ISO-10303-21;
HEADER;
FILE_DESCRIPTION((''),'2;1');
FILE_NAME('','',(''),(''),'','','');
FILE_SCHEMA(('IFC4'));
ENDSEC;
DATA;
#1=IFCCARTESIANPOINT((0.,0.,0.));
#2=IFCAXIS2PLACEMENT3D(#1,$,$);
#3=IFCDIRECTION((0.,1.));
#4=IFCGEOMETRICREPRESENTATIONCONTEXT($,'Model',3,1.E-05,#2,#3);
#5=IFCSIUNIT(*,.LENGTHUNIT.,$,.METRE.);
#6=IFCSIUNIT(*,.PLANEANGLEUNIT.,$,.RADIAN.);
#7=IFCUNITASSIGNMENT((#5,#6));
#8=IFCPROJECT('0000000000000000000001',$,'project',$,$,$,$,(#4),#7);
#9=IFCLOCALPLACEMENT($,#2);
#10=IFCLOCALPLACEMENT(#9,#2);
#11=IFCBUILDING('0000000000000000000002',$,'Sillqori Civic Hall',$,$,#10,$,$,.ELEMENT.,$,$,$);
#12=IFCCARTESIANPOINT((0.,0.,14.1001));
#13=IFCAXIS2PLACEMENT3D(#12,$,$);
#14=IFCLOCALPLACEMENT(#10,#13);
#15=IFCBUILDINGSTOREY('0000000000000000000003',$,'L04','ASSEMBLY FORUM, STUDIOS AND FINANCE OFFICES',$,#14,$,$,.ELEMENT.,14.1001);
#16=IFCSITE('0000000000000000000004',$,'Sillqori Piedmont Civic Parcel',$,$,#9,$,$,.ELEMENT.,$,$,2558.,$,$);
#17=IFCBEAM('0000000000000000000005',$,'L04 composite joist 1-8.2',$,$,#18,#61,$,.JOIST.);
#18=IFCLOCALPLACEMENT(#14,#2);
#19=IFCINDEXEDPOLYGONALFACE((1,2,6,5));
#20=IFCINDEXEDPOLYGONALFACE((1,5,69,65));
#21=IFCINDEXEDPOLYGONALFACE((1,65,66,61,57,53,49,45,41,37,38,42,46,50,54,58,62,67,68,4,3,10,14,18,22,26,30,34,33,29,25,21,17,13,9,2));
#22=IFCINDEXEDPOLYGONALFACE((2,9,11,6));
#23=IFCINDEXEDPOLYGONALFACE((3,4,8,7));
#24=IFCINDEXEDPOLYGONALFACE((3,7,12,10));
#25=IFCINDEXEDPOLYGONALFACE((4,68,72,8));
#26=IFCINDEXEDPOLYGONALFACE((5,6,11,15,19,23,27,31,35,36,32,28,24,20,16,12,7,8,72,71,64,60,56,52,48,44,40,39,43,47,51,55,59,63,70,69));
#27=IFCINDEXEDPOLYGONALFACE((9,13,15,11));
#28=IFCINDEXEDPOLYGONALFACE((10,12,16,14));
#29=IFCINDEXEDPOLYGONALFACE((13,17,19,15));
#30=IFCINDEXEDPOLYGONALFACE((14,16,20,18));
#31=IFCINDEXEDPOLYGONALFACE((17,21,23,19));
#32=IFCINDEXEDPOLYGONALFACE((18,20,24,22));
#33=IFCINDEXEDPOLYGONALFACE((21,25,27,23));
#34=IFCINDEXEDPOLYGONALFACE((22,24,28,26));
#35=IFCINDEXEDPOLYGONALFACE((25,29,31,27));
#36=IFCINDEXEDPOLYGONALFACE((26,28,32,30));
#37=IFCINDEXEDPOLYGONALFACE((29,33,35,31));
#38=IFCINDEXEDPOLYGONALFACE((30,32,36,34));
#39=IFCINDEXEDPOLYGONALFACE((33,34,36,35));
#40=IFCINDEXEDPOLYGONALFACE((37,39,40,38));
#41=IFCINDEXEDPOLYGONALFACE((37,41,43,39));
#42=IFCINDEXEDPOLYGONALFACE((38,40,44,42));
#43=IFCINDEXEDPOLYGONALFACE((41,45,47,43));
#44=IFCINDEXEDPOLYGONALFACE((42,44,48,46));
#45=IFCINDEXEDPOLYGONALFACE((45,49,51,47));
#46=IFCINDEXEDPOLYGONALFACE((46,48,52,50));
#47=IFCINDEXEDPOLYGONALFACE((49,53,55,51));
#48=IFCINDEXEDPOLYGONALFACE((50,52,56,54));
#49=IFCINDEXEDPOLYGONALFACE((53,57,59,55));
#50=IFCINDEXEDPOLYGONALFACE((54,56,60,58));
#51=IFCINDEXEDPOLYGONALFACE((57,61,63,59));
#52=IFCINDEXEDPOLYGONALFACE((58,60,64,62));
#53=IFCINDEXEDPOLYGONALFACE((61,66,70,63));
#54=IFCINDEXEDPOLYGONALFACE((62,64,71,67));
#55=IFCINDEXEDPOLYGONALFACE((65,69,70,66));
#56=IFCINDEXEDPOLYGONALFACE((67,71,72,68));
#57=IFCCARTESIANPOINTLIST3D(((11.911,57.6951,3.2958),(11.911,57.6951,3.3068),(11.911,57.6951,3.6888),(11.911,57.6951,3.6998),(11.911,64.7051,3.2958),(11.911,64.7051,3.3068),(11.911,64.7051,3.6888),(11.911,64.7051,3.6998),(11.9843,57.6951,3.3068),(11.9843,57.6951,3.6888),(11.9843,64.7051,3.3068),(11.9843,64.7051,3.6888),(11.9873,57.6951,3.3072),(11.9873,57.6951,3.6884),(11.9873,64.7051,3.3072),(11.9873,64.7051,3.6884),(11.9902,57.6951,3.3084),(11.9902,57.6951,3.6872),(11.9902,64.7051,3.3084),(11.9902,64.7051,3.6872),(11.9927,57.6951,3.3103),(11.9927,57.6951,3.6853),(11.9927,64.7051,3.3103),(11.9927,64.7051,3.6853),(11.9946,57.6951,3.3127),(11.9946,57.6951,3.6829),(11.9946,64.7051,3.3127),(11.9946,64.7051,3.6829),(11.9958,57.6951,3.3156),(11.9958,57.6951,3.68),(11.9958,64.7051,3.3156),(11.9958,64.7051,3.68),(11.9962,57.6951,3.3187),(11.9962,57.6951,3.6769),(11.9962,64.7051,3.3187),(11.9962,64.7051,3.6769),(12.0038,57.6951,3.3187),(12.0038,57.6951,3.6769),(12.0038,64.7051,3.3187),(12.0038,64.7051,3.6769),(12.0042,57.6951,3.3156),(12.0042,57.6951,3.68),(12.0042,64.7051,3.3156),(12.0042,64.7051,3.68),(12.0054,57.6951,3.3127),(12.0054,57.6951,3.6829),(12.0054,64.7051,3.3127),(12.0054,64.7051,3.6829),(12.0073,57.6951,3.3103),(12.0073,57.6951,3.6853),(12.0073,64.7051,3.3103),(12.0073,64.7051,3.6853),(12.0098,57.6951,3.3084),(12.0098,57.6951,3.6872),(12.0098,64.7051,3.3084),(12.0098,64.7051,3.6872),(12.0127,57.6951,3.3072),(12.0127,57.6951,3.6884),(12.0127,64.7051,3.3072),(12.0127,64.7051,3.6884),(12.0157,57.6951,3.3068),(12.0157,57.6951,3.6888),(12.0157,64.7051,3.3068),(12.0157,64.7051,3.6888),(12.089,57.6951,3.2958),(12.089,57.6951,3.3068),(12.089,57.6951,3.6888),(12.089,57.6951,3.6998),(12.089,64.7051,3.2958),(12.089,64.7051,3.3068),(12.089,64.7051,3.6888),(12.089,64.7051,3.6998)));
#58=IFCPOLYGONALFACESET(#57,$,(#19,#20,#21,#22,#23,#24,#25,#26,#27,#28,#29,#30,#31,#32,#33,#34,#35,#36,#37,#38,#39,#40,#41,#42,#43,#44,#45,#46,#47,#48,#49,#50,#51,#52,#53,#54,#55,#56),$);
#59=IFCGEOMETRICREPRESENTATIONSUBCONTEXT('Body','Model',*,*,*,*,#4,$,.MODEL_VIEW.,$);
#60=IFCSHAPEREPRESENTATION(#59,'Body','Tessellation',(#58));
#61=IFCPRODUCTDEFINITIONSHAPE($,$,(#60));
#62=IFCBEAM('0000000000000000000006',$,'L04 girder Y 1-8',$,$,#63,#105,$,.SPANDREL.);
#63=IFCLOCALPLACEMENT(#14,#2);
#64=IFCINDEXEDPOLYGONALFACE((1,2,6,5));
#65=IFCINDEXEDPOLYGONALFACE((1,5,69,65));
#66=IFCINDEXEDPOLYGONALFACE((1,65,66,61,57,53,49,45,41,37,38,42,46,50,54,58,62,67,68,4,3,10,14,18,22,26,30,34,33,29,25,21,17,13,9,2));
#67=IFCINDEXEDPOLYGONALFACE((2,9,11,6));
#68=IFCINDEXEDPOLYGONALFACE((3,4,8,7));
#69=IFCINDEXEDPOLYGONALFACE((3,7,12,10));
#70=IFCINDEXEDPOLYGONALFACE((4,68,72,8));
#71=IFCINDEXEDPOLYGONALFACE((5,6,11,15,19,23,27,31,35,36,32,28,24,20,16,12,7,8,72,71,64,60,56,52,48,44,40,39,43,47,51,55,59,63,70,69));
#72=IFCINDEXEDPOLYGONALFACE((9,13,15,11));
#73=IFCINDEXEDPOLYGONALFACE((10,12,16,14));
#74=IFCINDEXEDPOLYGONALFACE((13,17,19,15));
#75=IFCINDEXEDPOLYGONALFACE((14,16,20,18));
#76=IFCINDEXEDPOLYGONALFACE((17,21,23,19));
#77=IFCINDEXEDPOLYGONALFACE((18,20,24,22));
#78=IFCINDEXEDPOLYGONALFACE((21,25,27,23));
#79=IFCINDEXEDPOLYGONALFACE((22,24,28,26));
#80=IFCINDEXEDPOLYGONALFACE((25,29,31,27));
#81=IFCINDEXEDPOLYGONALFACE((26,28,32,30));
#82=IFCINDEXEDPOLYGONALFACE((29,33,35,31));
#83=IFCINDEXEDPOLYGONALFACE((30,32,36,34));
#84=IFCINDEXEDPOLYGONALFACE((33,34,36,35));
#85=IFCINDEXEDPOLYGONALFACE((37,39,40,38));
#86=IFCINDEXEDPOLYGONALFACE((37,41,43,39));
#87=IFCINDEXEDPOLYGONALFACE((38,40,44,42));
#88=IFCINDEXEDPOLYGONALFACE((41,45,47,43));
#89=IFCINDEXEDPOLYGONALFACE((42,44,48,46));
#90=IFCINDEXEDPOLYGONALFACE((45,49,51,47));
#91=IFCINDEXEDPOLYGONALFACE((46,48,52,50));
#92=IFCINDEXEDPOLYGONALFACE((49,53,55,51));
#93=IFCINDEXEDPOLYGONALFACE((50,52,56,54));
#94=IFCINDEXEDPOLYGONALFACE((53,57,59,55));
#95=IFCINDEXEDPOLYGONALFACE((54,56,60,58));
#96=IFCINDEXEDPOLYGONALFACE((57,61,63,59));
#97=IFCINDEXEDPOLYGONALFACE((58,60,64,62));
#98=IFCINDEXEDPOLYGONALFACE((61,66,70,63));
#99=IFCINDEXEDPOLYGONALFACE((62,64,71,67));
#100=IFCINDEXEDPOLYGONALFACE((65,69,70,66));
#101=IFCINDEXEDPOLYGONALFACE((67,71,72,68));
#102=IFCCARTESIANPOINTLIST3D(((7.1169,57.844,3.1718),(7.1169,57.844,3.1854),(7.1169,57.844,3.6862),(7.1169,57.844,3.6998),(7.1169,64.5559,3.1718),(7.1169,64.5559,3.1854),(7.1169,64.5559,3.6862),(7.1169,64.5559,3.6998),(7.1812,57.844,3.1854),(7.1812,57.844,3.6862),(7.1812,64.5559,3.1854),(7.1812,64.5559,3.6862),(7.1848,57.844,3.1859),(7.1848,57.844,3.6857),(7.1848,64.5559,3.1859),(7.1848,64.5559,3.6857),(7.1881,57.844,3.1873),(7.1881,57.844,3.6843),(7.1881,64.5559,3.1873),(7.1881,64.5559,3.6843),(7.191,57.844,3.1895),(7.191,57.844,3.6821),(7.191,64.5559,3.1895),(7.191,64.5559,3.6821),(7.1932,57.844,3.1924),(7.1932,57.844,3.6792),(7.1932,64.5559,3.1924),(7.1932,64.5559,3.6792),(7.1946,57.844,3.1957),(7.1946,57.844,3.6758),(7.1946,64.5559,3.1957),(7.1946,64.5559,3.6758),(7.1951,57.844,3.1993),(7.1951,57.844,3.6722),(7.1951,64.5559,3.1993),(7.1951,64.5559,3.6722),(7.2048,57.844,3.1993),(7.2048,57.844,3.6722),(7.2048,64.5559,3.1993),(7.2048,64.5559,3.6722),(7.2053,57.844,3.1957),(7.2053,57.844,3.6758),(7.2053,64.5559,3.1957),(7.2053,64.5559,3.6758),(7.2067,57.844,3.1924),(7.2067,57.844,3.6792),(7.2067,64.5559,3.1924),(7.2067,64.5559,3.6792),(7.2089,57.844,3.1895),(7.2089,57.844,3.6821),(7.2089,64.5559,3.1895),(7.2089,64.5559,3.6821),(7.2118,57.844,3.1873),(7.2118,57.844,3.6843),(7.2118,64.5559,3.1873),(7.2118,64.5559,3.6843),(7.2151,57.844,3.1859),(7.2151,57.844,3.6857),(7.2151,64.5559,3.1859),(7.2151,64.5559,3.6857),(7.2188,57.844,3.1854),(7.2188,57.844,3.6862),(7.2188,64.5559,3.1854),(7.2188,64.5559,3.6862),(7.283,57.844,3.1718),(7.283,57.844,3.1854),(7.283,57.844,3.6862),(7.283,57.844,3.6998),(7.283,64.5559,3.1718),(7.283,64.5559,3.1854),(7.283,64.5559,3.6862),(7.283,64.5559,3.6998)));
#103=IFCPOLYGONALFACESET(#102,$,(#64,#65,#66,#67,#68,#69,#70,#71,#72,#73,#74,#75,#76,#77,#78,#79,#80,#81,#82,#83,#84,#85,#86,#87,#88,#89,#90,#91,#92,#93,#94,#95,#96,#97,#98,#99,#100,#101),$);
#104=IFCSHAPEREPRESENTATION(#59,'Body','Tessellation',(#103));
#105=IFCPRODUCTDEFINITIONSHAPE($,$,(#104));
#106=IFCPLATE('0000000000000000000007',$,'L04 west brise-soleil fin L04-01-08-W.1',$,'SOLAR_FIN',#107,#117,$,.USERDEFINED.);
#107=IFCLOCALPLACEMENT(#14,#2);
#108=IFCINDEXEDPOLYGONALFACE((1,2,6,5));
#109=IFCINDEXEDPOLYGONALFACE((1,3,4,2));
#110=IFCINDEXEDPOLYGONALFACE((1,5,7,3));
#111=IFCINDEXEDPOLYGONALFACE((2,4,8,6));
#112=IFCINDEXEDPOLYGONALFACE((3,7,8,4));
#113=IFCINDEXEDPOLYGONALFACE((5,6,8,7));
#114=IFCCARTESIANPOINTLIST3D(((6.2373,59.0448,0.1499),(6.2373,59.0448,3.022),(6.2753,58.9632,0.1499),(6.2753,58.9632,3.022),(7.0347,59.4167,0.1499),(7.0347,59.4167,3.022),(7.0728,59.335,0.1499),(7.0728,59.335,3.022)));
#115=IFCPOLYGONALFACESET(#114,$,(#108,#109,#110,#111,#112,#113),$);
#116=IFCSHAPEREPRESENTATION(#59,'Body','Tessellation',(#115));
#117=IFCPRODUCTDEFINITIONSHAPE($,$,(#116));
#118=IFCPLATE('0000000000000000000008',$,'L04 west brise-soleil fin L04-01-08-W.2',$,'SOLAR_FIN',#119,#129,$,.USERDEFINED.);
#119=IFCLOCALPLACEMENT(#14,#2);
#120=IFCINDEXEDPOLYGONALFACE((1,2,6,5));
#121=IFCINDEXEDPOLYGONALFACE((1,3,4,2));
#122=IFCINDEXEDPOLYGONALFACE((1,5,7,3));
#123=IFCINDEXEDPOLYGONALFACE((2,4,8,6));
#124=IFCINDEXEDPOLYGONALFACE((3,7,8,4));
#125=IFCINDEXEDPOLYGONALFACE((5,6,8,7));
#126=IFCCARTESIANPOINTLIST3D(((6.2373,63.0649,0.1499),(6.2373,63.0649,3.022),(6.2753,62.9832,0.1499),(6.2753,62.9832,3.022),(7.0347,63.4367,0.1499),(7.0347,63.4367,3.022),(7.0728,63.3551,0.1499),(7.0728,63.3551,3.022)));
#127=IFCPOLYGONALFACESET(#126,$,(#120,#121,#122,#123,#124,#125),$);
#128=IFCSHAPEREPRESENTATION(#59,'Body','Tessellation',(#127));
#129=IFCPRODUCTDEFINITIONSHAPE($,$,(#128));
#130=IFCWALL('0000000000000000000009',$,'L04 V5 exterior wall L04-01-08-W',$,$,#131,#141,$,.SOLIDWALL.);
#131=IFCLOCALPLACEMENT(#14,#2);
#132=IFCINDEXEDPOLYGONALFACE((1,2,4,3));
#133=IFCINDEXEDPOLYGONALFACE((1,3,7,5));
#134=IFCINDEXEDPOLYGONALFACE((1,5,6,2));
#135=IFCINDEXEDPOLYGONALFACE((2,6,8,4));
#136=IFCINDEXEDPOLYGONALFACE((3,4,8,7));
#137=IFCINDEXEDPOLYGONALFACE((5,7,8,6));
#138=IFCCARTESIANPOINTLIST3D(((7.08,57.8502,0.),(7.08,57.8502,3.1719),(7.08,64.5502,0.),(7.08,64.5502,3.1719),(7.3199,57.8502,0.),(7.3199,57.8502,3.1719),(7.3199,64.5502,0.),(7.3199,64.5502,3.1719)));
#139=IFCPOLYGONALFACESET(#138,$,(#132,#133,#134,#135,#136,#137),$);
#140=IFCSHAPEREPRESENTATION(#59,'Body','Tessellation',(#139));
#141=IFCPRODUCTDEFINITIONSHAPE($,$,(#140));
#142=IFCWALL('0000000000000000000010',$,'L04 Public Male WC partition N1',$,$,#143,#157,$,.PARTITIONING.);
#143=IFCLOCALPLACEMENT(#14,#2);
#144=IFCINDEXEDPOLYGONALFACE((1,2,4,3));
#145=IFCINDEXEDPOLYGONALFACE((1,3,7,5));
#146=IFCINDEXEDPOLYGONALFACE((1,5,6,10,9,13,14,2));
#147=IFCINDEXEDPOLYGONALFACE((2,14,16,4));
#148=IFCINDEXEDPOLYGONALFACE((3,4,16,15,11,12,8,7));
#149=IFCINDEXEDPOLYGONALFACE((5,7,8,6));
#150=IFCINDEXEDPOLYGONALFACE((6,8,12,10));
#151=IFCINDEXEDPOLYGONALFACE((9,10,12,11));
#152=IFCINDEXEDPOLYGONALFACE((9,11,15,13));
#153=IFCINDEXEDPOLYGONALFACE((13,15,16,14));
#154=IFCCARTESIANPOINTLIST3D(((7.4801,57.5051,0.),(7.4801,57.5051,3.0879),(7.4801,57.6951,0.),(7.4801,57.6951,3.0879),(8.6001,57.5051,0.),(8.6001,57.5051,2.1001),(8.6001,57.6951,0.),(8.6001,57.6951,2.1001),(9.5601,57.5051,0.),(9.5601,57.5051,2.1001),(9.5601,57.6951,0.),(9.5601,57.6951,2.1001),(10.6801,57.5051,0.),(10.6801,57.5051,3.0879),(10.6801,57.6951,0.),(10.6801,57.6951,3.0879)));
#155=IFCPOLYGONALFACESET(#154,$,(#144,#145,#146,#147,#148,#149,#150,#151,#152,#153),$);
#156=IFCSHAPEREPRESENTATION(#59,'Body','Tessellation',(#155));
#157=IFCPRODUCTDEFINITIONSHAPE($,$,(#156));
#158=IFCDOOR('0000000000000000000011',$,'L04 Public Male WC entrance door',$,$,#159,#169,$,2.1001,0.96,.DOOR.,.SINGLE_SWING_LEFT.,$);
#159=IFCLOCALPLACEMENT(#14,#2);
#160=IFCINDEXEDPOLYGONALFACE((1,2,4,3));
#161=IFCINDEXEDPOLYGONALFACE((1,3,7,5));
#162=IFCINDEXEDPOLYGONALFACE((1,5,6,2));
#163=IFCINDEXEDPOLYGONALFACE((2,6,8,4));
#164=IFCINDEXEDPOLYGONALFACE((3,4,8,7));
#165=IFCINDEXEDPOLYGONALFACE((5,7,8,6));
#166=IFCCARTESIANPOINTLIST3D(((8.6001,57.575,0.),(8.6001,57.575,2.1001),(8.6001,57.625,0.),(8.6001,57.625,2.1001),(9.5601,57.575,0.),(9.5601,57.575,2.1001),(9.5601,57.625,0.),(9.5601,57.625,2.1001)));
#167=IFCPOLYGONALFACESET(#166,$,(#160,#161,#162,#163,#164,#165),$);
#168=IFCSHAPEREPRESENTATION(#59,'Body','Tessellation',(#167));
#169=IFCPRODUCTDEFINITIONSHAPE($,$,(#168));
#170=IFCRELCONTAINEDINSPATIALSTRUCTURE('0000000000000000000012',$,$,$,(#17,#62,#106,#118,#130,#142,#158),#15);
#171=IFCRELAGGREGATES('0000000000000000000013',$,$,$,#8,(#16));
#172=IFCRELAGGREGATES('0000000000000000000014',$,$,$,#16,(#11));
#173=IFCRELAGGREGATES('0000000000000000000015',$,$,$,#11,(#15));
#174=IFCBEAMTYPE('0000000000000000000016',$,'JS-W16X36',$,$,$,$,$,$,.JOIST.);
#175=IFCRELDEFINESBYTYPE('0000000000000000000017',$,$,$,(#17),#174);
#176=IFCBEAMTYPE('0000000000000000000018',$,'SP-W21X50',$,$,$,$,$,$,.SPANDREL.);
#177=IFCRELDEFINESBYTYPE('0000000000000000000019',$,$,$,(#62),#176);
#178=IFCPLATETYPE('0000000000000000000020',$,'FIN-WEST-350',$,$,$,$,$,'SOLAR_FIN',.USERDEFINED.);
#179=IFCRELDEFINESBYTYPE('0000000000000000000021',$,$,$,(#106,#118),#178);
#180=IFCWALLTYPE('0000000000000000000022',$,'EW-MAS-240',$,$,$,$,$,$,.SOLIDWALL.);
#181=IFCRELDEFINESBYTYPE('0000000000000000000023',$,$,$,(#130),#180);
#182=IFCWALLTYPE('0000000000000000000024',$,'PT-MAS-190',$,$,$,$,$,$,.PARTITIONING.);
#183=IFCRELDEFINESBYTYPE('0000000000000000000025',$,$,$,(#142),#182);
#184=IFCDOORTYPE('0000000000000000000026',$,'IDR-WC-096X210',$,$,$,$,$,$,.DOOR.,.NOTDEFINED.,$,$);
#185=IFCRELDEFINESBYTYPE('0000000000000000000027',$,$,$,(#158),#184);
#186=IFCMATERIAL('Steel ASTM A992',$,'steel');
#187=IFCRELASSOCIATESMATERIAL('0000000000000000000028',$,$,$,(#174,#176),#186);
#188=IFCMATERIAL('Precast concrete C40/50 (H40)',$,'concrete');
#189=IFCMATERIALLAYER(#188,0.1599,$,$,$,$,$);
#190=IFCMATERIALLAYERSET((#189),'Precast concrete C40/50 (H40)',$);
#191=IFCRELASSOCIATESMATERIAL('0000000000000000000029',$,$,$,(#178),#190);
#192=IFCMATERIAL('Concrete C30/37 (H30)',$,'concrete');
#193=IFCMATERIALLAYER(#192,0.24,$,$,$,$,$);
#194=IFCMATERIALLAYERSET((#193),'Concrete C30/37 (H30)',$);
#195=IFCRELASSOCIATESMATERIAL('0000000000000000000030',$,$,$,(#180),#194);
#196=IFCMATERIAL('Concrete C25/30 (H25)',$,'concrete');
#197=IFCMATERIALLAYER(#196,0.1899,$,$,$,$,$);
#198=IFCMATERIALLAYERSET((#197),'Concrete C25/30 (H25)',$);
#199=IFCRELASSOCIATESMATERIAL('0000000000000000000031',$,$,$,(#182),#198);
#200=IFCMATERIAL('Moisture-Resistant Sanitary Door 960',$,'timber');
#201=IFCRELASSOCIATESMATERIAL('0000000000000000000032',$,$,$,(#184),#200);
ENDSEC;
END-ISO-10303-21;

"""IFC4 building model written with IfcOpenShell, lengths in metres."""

from ifc_helpers import new_model, si_unit, direction, frame, frame_2d, origin, origin_2d, place, context, subcontext, project, spatial, rectangle, i_section, extrude, material, layer, layer_set, material_profile, profile_set, type_object, element, fill, save


model = new_model("IFC4")

# Units and contexts
model_context = context("Model", 3, precision=1e-05, world=origin(), true_north=direction((0.0, 1.0)))
body_context = subcontext(model_context, "Body", "Model", "MODEL_VIEW")
ifc_project = project(units=[si_unit("LENGTHUNIT", "METRE"), si_unit("PLANEANGLEUNIT", "RADIAN")], contexts=[model_context])

# Site, building, storey
site_placement = place(None, origin())
site = spatial("IfcSite", under=ifc_project, at=site_placement, Name="Sillqori Piedmont Civic Parcel", CompositionType="ELEMENT", RefElevation=2558.0)
building_placement = place(site_placement, origin())
building = spatial("IfcBuilding", under=site, at=building_placement, Name="Sillqori Civic Hall", CompositionType="ELEMENT")
storey_placement = place(building_placement, frame((0.0, 0.0, 14.1001)))
storey = spatial("IfcBuildingStorey", under=building, at=storey_placement, Name="L04", Description="ASSEMBLY FORUM, STUDIOS AND FINANCE OFFICES", CompositionType="ELEMENT", Elevation=14.1001)

# Beams
ifc_material_1 = material(Name="Steel ASTM A992", Category="steel")
ifc_material_profile_1 = material_profile(ifc_material_1, i_section(OverallWidth=0.178, OverallDepth=0.4041, WebThickness=0.0076, FlangeThickness=0.011, FilletRadius=0.012, at=origin_2d()), Name="W16X36")
ifc_profile_set_1 = profile_set([ifc_material_profile_1], Name="Steel ASTM A992")
beam_type_1 = type_object("IfcBeamType", Name="JS-W16X36", PredefinedType="JOIST", material=ifc_profile_set_1)
for number, where, z_axis, x_axis, name in (
    (1, (12.0, 57.6951, 3.4978), (0.0, 1.0, 0.0), (-1.0, 0.0, 0.0), "L04 composite joist 1-8.2"),
):
    element("IfcBeam", number, at=place(storey_placement, frame(where, z_axis=z_axis, x_axis=x_axis)), inside=storey, type_object=beam_type_1, Name=name, PredefinedType="JOIST", context=body_context, shape_type="SweptSolid", body=[
        extrude(i_section(OverallWidth=0.178, OverallDepth=0.4041, WebThickness=0.0076, FlangeThickness=0.011, FilletRadius=0.012, at=origin_2d()), origin(), (0.0, 0.0, 1.0), 7.01),
    ])
ifc_material_profile_2 = material_profile(ifc_material_1, i_section(OverallWidth=0.166, OverallDepth=0.5281, WebThickness=0.0098, FlangeThickness=0.0137, FilletRadius=0.0139, at=origin_2d()), Name="W21X50")
ifc_profile_set_2 = profile_set([ifc_material_profile_2], Name="Steel ASTM A992")
beam_type_2 = type_object("IfcBeamType", Name="SP-W21X50", PredefinedType="SPANDREL", material=ifc_profile_set_2)
beam_placement = place(storey_placement, frame((7.2, 57.844, 3.4358), z_axis=(0.0, 1.0, 0.0), x_axis=(-1.0, 0.0, 0.0)))
element("IfcBeam", 2, at=beam_placement, inside=storey, type_object=beam_type_2, Name="L04 girder Y 1-8", PredefinedType="SPANDREL", context=body_context, shape_type="SweptSolid", body=[
    extrude(i_section(OverallWidth=0.166, OverallDepth=0.5281, WebThickness=0.0098, FlangeThickness=0.0137, FilletRadius=0.0139, at=origin_2d()), origin(), (0.0, 0.0, 1.0), 6.7119),
])

# Plates
ifc_material_2 = material(Name="Precast concrete C40/50 (H40)", Category="concrete")
ifc_layer_1 = layer(ifc_material_2, 0.1599)
ifc_layer_set_1 = layer_set([ifc_layer_1], Name="Precast concrete C40/50 (H40)")
plate_type = type_object("IfcPlateType", Name="FIN-WEST-350", ElementType="SOLAR_FIN", PredefinedType="USERDEFINED", material=ifc_layer_set_1)
for number, where, z_axis, x_axis, name in (
    (3, (6.655, 59.1899, 0.1499), (0.0, 0.0, 1.0), (-0.422618, 0.906308, 0.0), "L04 west brise-soleil fin L04-01-08-W.1"),
    (4, (6.655, 63.21, 0.1499), (0.0, 0.0, 1.0), (-0.422618, 0.906308, 0.0), "L04 west brise-soleil fin L04-01-08-W.2"),
):
    element("IfcPlate", number, at=place(storey_placement, frame(where, z_axis=z_axis, x_axis=x_axis)), inside=storey, type_object=plate_type, Name=name, ObjectType="SOLAR_FIN", PredefinedType="USERDEFINED", context=body_context, shape_type="SweptSolid", body=[
        extrude(rectangle(XDim=0.0901, YDim=0.8799, at=origin_2d()), origin(), (0.0, 0.0, 1.0), 2.8721),
    ])

# Wall
ifc_material_3 = material(Name="Concrete C30/37 (H30)", Category="concrete")
ifc_layer_2 = layer(ifc_material_3, 0.24)
ifc_layer_set_2 = layer_set([ifc_layer_2], Name="Concrete C30/37 (H30)")
wall_type_1 = type_object("IfcWallType", Name="EW-MAS-240", PredefinedType="SOLIDWALL", material=ifc_layer_set_2)
wall_1_placement = place(storey_placement, frame((7.2, 57.8501, 0.0), z_axis=(0.0, 0.0, 1.0), x_axis=(0.0, 1.0, 0.0)))
element("IfcWall", 5, at=wall_1_placement, inside=storey, type_object=wall_type_1, Name="L04 V5 exterior wall L04-01-08-W", PredefinedType="SOLIDWALL", context=body_context, shape_type="SweptSolid", body=[
    extrude(rectangle(XDim=6.7, YDim=0.24, at=frame_2d((3.3501, 0.0))), origin(), (0.0, 0.0, 1.0), 3.1719),
])

# Wall, opening, door
ifc_material_4 = material(Name="Concrete C25/30 (H25)", Category="concrete")
ifc_layer_3 = layer(ifc_material_4, 0.1899)
ifc_layer_set_3 = layer_set([ifc_layer_3], Name="Concrete C25/30 (H25)")
wall_type_2 = type_object("IfcWallType", Name="PT-MAS-190", PredefinedType="PARTITIONING", material=ifc_layer_set_3)
wall_2_placement = place(storey_placement, frame((7.48, 57.6001, 0.0), z_axis=(0.0, 0.0, 1.0), x_axis=(1.0, 0.0, 0.0)))
wall_2 = element("IfcWall", 6, at=wall_2_placement, inside=storey, type_object=wall_type_2, Name="L04 Public Male WC partition N1", PredefinedType="PARTITIONING", context=body_context, shape_type="SweptSolid", body=[
    extrude(rectangle(XDim=3.2, YDim=0.1899, at=frame_2d((1.6001, 0.0))), origin(), (0.0, 0.0, 1.0), 3.0879),
])
opening_1_placement = place(wall_2_placement, frame((1.1201, 0.0, 0.0)))
opening_1 = element("IfcOpeningElement", 7, at=opening_1_placement, cuts=wall_2, PredefinedType="OPENING", context=body_context, shape_type="SweptSolid", body=[
    extrude(rectangle(XDim=0.96, YDim=2.1001, at=frame_2d((0.48, 1.05))), frame((0.0, 0.105, 0.0), z_axis=(0.0, -1.0, 0.0), x_axis=(1.0, 0.0, 0.0)), (0.0, 0.0, 1.0), 0.21),
])
ifc_material_5 = material(Name="Moisture-Resistant Sanitary Door 960", Category="timber")
door_type_1 = type_object("IfcDoorType", Name="IDR-WC-096X210", OperationType="NOTDEFINED", PredefinedType="DOOR", material=ifc_material_5)
door_1_placement = place(opening_1_placement, origin())
door_1 = element("IfcDoor", 8, at=door_1_placement, inside=storey, type_object=door_type_1, Name="L04 Public Male WC entrance door", OperationType="SINGLE_SWING_LEFT", OverallHeight=2.1001, OverallWidth=0.96, PredefinedType="DOOR", context=body_context, shape_type="SweptSolid", body=[
    extrude(rectangle(XDim=0.96, YDim=2.1001, at=frame_2d((0.48, 1.05))), frame((0.0, 0.0249, 0.0), z_axis=(0.0, -1.0, 0.0), x_axis=(1.0, 0.0, 0.0)), (0.0, 0.0, 1.0), 0.05),
])
fill(opening_1, door_1)

save(model, "model.ifc")
